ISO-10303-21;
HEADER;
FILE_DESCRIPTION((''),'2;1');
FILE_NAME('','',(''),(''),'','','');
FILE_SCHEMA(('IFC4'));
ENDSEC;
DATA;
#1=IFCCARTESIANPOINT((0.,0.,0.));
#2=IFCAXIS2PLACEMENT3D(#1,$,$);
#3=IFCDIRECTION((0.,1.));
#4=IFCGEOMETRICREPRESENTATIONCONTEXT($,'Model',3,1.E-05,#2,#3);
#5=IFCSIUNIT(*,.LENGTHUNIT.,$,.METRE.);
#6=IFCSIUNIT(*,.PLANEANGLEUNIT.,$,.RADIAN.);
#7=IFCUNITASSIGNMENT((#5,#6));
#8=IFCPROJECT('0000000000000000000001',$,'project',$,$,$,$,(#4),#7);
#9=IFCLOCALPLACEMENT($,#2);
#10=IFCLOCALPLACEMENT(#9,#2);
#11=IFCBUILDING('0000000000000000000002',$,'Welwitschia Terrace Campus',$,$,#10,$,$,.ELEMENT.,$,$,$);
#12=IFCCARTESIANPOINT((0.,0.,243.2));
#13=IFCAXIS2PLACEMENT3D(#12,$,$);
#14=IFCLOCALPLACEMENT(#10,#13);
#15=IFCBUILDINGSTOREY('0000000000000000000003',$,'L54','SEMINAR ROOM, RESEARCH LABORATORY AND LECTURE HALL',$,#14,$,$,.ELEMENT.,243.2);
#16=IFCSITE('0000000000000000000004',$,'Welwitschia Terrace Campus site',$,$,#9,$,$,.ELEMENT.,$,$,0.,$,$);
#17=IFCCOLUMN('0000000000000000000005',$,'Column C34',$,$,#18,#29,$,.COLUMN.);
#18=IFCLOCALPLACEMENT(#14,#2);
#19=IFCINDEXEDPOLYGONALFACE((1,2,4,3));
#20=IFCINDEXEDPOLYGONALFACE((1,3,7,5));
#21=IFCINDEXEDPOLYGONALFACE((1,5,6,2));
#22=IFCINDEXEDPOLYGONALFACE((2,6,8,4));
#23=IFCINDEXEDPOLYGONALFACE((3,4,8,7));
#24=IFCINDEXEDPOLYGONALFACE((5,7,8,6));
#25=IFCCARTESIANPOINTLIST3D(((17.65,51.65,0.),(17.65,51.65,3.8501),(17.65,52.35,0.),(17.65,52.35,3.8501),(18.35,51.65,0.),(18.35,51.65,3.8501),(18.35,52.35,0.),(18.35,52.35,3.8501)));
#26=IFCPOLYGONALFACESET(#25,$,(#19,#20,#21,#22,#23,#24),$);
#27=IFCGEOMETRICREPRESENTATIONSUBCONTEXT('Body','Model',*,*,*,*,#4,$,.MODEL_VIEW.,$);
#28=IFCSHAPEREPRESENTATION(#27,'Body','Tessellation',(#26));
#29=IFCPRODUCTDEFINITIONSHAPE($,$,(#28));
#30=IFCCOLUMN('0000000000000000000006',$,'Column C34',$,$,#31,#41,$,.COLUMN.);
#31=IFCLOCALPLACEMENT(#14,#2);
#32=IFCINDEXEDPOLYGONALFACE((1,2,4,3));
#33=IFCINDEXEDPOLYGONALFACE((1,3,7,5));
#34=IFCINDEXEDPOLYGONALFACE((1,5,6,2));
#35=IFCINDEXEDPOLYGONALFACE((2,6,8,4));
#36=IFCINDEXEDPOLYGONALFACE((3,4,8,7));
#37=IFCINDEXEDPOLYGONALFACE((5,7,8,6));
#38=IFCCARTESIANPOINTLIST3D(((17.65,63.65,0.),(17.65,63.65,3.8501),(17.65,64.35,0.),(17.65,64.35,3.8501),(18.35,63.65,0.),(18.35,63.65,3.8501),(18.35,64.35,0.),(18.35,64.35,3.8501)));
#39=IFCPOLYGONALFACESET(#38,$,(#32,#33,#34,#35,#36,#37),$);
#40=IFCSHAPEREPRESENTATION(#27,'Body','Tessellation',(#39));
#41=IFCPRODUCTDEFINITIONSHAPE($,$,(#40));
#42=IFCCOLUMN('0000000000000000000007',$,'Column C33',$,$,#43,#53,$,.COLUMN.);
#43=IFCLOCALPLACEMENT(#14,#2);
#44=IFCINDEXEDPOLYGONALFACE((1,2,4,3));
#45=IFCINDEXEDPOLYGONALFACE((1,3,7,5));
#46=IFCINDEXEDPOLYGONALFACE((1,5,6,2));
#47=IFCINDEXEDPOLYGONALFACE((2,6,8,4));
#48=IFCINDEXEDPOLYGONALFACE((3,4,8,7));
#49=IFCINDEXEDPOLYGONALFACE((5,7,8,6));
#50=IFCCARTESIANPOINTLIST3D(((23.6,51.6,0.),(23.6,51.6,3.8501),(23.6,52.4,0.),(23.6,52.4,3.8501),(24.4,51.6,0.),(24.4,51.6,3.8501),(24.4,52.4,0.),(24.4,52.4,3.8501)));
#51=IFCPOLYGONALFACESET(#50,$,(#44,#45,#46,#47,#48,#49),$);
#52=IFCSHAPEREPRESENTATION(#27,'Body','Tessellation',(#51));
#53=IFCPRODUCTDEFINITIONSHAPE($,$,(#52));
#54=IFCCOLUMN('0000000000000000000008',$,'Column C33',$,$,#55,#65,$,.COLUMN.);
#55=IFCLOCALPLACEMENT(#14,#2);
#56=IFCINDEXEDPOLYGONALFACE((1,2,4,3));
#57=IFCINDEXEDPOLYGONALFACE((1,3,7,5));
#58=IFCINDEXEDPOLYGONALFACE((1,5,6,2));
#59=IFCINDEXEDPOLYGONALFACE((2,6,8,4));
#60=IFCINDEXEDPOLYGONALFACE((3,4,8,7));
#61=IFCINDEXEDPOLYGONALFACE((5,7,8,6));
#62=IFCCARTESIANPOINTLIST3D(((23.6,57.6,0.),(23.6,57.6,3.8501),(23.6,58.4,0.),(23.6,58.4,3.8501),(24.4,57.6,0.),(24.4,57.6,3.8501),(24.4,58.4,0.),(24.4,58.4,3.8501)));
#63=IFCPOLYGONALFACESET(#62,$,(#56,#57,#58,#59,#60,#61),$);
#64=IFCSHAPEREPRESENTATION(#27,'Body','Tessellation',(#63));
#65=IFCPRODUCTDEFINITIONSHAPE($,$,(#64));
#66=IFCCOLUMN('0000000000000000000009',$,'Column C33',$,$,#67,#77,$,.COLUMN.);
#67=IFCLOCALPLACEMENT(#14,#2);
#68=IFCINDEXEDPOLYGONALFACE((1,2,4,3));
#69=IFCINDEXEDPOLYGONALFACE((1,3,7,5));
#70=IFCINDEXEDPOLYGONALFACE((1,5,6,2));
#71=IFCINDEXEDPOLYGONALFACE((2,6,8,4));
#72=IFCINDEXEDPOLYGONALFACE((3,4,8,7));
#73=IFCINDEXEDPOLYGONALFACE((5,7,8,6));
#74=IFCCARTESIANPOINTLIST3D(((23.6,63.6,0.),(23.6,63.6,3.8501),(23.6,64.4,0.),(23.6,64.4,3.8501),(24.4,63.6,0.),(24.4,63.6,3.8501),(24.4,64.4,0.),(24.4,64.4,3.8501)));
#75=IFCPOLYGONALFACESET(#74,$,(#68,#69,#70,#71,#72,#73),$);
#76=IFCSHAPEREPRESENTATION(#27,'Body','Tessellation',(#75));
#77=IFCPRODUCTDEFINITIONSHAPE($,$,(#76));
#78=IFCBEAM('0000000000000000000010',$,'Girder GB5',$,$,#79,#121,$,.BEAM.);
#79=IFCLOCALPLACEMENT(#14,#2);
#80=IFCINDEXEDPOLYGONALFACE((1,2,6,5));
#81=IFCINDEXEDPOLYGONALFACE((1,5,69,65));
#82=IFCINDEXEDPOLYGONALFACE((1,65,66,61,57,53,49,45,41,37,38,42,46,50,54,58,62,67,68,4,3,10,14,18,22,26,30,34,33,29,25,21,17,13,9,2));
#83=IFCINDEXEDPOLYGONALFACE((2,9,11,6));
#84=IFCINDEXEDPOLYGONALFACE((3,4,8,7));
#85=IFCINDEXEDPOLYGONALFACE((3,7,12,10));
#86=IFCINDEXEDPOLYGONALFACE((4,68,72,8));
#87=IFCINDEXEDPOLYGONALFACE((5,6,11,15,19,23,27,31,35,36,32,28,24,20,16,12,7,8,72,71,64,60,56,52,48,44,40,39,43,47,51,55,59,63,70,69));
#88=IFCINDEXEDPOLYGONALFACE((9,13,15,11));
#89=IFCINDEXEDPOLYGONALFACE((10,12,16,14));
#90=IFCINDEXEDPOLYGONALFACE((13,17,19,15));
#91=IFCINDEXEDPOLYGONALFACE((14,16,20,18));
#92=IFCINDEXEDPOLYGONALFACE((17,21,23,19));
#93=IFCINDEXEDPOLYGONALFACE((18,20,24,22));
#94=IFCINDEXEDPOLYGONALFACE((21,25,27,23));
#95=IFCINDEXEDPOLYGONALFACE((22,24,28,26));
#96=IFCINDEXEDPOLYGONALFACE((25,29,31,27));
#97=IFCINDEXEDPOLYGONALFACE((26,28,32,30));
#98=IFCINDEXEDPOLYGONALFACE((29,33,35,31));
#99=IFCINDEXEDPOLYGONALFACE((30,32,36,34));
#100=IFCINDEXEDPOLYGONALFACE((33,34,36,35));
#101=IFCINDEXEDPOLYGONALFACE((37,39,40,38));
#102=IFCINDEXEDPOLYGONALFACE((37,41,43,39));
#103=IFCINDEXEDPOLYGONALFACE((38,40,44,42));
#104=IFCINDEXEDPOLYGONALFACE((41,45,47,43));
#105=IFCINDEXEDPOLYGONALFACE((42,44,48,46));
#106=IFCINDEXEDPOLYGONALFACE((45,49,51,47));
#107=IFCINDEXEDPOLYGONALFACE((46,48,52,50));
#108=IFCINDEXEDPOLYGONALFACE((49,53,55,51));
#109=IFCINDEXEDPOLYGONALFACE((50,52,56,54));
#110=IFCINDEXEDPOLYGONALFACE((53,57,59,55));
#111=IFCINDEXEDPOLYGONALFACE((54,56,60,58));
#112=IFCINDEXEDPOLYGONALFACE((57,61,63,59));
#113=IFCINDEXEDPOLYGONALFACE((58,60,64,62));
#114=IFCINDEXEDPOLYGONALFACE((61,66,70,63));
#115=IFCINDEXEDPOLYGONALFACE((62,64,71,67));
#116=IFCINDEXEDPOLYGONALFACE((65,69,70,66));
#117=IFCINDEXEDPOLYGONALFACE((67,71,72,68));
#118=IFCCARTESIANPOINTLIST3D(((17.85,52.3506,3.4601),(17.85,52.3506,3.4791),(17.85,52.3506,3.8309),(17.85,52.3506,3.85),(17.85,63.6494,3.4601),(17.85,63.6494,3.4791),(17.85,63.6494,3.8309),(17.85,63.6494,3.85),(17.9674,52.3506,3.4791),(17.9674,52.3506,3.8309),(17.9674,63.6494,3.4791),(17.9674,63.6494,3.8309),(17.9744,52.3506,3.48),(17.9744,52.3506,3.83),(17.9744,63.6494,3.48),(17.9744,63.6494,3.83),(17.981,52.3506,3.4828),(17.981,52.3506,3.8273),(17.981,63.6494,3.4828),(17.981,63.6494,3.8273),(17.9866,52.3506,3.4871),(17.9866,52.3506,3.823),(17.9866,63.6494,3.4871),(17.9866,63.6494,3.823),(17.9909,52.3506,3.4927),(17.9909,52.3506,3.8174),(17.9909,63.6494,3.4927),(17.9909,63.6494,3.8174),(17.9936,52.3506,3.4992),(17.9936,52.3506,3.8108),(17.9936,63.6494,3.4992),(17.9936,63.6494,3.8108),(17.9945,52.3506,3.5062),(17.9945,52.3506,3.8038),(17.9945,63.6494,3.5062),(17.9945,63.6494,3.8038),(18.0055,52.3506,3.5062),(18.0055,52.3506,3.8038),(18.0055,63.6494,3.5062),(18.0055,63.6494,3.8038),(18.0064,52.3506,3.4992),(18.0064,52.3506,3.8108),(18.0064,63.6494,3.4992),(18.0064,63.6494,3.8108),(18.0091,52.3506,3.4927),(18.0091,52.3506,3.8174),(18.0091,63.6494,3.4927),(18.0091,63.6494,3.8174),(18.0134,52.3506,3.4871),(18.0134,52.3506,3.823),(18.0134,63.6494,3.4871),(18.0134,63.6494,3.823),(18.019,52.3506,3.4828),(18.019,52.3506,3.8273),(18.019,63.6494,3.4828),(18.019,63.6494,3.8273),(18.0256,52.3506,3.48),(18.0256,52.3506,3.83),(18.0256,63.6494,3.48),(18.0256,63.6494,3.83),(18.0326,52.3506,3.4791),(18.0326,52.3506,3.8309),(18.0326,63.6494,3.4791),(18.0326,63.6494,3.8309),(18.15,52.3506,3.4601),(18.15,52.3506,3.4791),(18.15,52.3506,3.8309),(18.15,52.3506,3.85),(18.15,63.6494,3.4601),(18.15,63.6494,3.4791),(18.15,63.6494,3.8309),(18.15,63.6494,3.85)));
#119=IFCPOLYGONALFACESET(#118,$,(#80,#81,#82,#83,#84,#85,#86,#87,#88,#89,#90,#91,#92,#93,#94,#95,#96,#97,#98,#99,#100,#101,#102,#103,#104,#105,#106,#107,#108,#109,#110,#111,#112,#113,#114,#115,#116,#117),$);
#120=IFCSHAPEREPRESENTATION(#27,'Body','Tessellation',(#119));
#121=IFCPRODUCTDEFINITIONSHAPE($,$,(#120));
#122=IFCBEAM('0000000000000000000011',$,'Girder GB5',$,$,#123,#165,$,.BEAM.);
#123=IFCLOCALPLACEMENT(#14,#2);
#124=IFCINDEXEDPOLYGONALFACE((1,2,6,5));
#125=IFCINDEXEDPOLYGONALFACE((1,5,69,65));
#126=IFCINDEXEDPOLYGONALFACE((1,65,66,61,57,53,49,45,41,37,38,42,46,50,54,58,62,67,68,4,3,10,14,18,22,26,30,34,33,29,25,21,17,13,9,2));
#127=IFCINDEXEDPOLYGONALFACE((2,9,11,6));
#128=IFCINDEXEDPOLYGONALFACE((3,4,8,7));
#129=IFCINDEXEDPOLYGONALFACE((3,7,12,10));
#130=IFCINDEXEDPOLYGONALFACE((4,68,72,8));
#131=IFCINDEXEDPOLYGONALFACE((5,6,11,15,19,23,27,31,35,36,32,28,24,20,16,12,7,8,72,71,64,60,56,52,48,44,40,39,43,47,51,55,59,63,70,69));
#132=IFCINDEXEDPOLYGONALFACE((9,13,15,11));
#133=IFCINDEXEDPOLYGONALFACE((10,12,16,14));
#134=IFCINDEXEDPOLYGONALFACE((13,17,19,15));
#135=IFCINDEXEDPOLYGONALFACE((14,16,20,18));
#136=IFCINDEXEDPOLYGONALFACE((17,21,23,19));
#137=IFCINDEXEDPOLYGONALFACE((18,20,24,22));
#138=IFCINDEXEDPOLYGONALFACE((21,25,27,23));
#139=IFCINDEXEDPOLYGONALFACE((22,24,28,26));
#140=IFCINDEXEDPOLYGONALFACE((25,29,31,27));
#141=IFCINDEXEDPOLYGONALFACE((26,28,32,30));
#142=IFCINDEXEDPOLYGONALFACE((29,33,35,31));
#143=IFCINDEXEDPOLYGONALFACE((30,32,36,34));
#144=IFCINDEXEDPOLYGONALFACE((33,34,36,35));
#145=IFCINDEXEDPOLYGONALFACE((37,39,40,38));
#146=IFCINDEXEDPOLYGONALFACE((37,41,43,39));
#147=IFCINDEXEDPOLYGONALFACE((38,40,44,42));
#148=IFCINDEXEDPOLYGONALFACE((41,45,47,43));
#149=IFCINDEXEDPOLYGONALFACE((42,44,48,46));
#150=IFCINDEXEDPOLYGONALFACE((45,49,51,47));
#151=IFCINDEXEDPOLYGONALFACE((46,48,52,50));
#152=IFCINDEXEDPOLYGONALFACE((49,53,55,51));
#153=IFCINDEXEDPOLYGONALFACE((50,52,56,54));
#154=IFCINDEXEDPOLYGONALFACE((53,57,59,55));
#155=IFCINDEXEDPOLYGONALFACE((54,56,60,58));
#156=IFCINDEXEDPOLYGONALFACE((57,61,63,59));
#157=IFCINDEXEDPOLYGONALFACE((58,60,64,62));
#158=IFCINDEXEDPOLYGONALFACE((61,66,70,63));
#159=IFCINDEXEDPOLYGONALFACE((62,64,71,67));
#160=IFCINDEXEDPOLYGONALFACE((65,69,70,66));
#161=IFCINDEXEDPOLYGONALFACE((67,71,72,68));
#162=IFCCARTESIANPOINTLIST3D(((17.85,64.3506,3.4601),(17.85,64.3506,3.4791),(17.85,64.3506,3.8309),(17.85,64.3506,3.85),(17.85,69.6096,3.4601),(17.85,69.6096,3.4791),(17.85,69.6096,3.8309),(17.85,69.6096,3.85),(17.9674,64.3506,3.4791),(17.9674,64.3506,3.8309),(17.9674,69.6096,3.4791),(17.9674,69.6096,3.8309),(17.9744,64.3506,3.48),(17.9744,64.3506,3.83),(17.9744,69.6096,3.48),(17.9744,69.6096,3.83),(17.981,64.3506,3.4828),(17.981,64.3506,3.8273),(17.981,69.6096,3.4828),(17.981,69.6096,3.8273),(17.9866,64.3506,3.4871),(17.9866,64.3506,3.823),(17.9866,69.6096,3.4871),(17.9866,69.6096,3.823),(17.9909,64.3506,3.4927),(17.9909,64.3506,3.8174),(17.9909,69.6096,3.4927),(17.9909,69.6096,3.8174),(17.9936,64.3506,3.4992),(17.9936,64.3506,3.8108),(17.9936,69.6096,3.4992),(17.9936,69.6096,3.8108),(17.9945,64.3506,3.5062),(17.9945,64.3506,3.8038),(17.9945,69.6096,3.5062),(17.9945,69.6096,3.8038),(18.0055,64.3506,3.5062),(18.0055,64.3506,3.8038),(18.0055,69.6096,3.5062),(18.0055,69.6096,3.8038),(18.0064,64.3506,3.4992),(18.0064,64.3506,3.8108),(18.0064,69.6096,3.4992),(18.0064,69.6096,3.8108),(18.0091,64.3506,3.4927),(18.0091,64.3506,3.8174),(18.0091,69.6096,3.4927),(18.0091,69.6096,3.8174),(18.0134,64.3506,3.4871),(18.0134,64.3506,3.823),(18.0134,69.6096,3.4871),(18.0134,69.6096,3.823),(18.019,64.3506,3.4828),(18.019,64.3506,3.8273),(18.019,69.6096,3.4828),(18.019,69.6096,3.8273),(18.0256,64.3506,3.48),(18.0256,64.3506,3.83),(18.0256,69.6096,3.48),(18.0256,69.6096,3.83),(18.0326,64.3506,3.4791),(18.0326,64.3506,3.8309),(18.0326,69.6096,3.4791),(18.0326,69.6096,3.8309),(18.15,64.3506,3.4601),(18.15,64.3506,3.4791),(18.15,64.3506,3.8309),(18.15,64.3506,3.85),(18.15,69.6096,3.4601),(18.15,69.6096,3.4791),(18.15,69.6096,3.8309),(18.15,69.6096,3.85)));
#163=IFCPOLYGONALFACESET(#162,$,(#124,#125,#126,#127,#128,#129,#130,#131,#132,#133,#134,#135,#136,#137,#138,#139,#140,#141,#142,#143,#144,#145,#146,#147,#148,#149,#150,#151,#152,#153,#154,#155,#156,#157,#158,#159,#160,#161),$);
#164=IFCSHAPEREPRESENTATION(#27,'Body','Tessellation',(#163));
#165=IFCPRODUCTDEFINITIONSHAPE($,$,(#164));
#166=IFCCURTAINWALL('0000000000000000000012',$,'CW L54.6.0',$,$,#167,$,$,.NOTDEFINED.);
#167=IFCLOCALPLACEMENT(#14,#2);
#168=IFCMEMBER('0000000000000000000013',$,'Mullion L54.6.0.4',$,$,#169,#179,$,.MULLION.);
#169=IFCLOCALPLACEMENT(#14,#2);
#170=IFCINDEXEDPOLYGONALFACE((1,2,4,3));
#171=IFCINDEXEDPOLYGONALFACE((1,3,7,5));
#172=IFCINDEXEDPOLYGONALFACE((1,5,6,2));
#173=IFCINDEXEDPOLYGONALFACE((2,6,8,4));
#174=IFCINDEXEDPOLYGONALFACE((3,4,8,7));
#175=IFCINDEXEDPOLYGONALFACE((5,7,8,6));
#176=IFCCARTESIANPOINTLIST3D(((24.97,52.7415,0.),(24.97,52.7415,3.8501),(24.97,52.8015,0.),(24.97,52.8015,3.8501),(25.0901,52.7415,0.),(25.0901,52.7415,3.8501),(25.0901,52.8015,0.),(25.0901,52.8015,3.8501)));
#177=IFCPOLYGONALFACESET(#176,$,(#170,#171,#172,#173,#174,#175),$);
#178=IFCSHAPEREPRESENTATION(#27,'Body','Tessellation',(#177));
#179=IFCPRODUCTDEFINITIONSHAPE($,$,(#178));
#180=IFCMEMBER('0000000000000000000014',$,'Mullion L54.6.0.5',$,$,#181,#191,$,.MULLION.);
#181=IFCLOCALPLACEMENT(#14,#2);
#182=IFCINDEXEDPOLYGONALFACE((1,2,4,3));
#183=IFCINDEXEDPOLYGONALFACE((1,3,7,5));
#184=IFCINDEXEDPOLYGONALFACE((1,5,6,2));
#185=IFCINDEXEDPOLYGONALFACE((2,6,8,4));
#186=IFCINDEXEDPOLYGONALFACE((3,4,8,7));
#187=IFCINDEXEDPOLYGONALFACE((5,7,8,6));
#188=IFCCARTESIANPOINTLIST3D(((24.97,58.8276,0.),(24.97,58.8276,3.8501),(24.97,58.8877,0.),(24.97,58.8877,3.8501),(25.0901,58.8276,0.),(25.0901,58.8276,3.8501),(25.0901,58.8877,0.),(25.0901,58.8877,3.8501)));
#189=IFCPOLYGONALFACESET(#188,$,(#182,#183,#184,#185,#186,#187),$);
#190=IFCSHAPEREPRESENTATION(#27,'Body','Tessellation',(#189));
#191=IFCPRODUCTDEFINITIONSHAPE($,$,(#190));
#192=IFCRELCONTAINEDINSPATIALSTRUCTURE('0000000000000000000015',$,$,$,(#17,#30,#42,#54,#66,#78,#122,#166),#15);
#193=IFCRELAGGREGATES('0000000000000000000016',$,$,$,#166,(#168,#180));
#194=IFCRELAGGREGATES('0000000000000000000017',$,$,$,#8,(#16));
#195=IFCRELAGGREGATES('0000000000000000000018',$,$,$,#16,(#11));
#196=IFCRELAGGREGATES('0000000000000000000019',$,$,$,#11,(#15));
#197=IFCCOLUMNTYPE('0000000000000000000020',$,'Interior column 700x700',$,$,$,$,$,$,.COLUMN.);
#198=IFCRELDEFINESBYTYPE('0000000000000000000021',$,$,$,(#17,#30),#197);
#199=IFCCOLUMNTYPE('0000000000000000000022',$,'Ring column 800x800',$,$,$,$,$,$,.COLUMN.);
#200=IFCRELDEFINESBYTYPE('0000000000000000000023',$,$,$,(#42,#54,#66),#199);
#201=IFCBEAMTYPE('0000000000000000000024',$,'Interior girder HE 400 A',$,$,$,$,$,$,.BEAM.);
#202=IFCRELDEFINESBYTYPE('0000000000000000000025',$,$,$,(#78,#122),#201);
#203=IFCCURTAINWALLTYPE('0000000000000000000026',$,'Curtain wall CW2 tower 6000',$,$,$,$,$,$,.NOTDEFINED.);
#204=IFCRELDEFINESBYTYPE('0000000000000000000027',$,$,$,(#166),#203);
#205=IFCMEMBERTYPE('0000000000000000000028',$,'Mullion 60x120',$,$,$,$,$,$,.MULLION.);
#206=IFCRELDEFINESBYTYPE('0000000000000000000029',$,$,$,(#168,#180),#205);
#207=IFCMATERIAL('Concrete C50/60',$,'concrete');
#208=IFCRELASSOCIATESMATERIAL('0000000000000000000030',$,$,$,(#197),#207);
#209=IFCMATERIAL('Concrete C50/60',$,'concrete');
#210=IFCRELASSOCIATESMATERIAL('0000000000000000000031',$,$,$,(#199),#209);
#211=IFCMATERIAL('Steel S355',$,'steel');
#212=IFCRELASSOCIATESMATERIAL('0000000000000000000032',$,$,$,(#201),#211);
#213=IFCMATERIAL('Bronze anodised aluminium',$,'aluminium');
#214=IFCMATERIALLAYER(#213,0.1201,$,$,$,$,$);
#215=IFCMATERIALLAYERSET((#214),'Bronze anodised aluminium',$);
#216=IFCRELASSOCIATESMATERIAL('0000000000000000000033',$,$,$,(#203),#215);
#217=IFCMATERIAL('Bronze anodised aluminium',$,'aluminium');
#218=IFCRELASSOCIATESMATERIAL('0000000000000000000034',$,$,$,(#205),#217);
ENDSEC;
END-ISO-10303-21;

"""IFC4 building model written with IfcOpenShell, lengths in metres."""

from ifc_helpers import new_model, si_unit, direction, frame, origin, origin_2d, place, context, subcontext, project, spatial, rectangle, i_section, extrude, material, layer, layer_set, material_profile, profile_set, type_object, element, aggregate, save


model = new_model("IFC4")

# Units and contexts
model_context = context("Model", 3, precision=1e-05, world=origin(), true_north=direction((0.0, 1.0)))
body_context = subcontext(model_context, "Body", "Model", "MODEL_VIEW")
ifc_project = project(units=[si_unit("LENGTHUNIT", "METRE"), si_unit("PLANEANGLEUNIT", "RADIAN")], contexts=[model_context])

# Site, building, storey
site_placement = place(None, origin())
site = spatial("IfcSite", under=ifc_project, at=site_placement, Name="Welwitschia Terrace Campus site", CompositionType="ELEMENT", RefElevation=0.0)
building_placement = place(site_placement, origin())
building = spatial("IfcBuilding", under=site, at=building_placement, Name="Welwitschia Terrace Campus", CompositionType="ELEMENT")
storey_placement = place(building_placement, frame((0.0, 0.0, 243.2)))
storey = spatial("IfcBuildingStorey", under=building, at=storey_placement, Name="L54", Description="SEMINAR ROOM, RESEARCH LABORATORY AND LECTURE HALL", CompositionType="ELEMENT", Elevation=243.2)

# Columns
ifc_material_1 = material(Name="Concrete C50/60", Category="concrete")
ifc_material_profile_1 = material_profile(ifc_material_1, rectangle(XDim=0.7, YDim=0.7, at=origin_2d()))
ifc_profile_set_1 = profile_set([ifc_material_profile_1], Name="Concrete C50/60")
column_type_1 = type_object("IfcColumnType", Name="Interior column 700x700", PredefinedType="COLUMN", material=ifc_profile_set_1)
for number, where, z_axis, x_axis, name in (
    (1, (18.0, 52.0, 0.0), (0.0, 0.0, 1.0), (1.0, 0.0, 0.0), "Column C34"),
    (2, (18.0, 64.0, 0.0), (0.0, 0.0, 1.0), (1.0, 0.0, 0.0), "Column C34"),
):
    element("IfcColumn", number, at=place(storey_placement, frame(where, z_axis=z_axis, x_axis=x_axis)), inside=storey, type_object=column_type_1, Name=name, PredefinedType="COLUMN", context=body_context, shape_type="SweptSolid", body=[
        extrude(rectangle(XDim=0.7, YDim=0.7, at=origin_2d()), origin(), (0.0, 0.0, 1.0), 3.8501),
    ])
ifc_material_2 = material(Name="Concrete C50/60", Category="concrete")
ifc_material_profile_2 = material_profile(ifc_material_2, rectangle(XDim=0.8, YDim=0.8, at=origin_2d()))
ifc_profile_set_2 = profile_set([ifc_material_profile_2], Name="Concrete C50/60")
column_type_2 = type_object("IfcColumnType", Name="Ring column 800x800", PredefinedType="COLUMN", material=ifc_profile_set_2)
for number, where, z_axis, x_axis, name in (
    (3, (24.0, 52.0, 0.0), (0.0, 0.0, 1.0), (1.0, 0.0, 0.0), "Column C33"),
    (4, (24.0, 58.0, 0.0), (0.0, 0.0, 1.0), (1.0, 0.0, 0.0), "Column C33"),
    (5, (24.0, 64.0, 0.0), (0.0, 0.0, 1.0), (1.0, 0.0, 0.0), "Column C33"),
):
    element("IfcColumn", number, at=place(storey_placement, frame(where, z_axis=z_axis, x_axis=x_axis)), inside=storey, type_object=column_type_2, Name=name, PredefinedType="COLUMN", context=body_context, shape_type="SweptSolid", body=[
        extrude(rectangle(XDim=0.8, YDim=0.8, at=origin_2d()), origin(), (0.0, 0.0, 1.0), 3.8501),
    ])

# Beams
ifc_material_3 = material(Name="Steel S355", Category="steel")
ifc_material_profile_3 = material_profile(ifc_material_3, i_section(OverallWidth=0.3, OverallDepth=0.3899, WebThickness=0.011, FlangeThickness=0.019, FilletRadius=0.0271, at=origin_2d()))
ifc_profile_set_3 = profile_set([ifc_material_profile_3], Name="Steel S355")
beam_type_1 = type_object("IfcBeamType", Name="Interior girder HE 400 A", PredefinedType="BEAM", material=ifc_profile_set_3)
beam_1_placement = place(storey_placement, frame((18.0, 52.3506, 3.655), z_axis=(0.0, 1.0, 0.0), x_axis=(-1.0, 0.0, 0.0)))
element("IfcBeam", 6, at=beam_1_placement, inside=storey, type_object=beam_type_1, Name="Girder GB5", PredefinedType="BEAM", context=body_context, shape_type="SweptSolid", body=[
    extrude(i_section(OverallWidth=0.3, OverallDepth=0.3899, WebThickness=0.011, FlangeThickness=0.019, FilletRadius=0.0271, at=origin_2d()), origin(), (0.0, 0.0, 1.0), 11.2988),
])
beam_2_placement = place(storey_placement, frame((18.0, 64.3506, 3.655), z_axis=(0.0, 1.0, 0.0), x_axis=(-1.0, 0.0, 0.0)))
element("IfcBeam", 7, at=beam_2_placement, inside=storey, type_object=beam_type_1, Name="Girder GB5", PredefinedType="BEAM", context=body_context, shape_type="SweptSolid", body=[
    extrude(i_section(OverallWidth=0.3, OverallDepth=0.3899, WebThickness=0.011, FlangeThickness=0.019, FilletRadius=0.0271, at=origin_2d()), origin(), (0.0, 0.0, 1.0), 5.259),
])

# Curtain wall, members
ifc_material_4 = material(Name="Bronze anodised aluminium", Category="aluminium")
ifc_layer_1 = layer(ifc_material_4, 0.1201)
ifc_layer_set_1 = layer_set([ifc_layer_1], Name="Bronze anodised aluminium")
curtain_wall_type = type_object("IfcCurtainWallType", Name="Curtain wall CW2 tower 6000", PredefinedType="NOTDEFINED", material=ifc_layer_set_1)
curtain_wall_placement = place(storey_placement, origin())
curtain_wall = element("IfcCurtainWall", 8, at=curtain_wall_placement, inside=storey, type_object=curtain_wall_type, Name="CW L54.6.0", PredefinedType="NOTDEFINED")
ifc_material_5 = material(Name="Bronze anodised aluminium", Category="aluminium")
ifc_material_profile_4 = material_profile(ifc_material_5, rectangle(XDim=0.1201, YDim=0.0601, at=origin_2d()))
ifc_profile_set_4 = profile_set([ifc_material_profile_4], Name="Bronze anodised aluminium")
member_type = type_object("IfcMemberType", Name="Mullion 60x120", PredefinedType="MULLION", material=ifc_profile_set_4)
member_1_placement = place(storey_placement, frame((25.03, 52.7715, 0.0), z_axis=(0.0, 0.0, 1.0), x_axis=(-1.0, 0.0, 0.0)))
member_1 = element("IfcMember", 9, at=member_1_placement, type_object=member_type, Name="Mullion L54.6.0.4", PredefinedType="MULLION", context=body_context, shape_type="SweptSolid", body=[
    extrude(rectangle(XDim=0.1201, YDim=0.0601, at=origin_2d()), origin(), (0.0, 0.0, 1.0), 3.8501),
])
member_2_placement = place(storey_placement, frame((25.03, 58.8577, 0.0), z_axis=(0.0, 0.0, 1.0), x_axis=(-1.0, 0.0, 0.0)))
member_2 = element("IfcMember", 10, at=member_2_placement, type_object=member_type, Name="Mullion L54.6.0.5", PredefinedType="MULLION", context=body_context, shape_type="SweptSolid", body=[
    extrude(rectangle(XDim=0.1201, YDim=0.0601, at=origin_2d()), origin(), (0.0, 0.0, 1.0), 3.8501),
])

aggregate(curtain_wall, [member_1, member_2])

save(model, "model.ifc")
